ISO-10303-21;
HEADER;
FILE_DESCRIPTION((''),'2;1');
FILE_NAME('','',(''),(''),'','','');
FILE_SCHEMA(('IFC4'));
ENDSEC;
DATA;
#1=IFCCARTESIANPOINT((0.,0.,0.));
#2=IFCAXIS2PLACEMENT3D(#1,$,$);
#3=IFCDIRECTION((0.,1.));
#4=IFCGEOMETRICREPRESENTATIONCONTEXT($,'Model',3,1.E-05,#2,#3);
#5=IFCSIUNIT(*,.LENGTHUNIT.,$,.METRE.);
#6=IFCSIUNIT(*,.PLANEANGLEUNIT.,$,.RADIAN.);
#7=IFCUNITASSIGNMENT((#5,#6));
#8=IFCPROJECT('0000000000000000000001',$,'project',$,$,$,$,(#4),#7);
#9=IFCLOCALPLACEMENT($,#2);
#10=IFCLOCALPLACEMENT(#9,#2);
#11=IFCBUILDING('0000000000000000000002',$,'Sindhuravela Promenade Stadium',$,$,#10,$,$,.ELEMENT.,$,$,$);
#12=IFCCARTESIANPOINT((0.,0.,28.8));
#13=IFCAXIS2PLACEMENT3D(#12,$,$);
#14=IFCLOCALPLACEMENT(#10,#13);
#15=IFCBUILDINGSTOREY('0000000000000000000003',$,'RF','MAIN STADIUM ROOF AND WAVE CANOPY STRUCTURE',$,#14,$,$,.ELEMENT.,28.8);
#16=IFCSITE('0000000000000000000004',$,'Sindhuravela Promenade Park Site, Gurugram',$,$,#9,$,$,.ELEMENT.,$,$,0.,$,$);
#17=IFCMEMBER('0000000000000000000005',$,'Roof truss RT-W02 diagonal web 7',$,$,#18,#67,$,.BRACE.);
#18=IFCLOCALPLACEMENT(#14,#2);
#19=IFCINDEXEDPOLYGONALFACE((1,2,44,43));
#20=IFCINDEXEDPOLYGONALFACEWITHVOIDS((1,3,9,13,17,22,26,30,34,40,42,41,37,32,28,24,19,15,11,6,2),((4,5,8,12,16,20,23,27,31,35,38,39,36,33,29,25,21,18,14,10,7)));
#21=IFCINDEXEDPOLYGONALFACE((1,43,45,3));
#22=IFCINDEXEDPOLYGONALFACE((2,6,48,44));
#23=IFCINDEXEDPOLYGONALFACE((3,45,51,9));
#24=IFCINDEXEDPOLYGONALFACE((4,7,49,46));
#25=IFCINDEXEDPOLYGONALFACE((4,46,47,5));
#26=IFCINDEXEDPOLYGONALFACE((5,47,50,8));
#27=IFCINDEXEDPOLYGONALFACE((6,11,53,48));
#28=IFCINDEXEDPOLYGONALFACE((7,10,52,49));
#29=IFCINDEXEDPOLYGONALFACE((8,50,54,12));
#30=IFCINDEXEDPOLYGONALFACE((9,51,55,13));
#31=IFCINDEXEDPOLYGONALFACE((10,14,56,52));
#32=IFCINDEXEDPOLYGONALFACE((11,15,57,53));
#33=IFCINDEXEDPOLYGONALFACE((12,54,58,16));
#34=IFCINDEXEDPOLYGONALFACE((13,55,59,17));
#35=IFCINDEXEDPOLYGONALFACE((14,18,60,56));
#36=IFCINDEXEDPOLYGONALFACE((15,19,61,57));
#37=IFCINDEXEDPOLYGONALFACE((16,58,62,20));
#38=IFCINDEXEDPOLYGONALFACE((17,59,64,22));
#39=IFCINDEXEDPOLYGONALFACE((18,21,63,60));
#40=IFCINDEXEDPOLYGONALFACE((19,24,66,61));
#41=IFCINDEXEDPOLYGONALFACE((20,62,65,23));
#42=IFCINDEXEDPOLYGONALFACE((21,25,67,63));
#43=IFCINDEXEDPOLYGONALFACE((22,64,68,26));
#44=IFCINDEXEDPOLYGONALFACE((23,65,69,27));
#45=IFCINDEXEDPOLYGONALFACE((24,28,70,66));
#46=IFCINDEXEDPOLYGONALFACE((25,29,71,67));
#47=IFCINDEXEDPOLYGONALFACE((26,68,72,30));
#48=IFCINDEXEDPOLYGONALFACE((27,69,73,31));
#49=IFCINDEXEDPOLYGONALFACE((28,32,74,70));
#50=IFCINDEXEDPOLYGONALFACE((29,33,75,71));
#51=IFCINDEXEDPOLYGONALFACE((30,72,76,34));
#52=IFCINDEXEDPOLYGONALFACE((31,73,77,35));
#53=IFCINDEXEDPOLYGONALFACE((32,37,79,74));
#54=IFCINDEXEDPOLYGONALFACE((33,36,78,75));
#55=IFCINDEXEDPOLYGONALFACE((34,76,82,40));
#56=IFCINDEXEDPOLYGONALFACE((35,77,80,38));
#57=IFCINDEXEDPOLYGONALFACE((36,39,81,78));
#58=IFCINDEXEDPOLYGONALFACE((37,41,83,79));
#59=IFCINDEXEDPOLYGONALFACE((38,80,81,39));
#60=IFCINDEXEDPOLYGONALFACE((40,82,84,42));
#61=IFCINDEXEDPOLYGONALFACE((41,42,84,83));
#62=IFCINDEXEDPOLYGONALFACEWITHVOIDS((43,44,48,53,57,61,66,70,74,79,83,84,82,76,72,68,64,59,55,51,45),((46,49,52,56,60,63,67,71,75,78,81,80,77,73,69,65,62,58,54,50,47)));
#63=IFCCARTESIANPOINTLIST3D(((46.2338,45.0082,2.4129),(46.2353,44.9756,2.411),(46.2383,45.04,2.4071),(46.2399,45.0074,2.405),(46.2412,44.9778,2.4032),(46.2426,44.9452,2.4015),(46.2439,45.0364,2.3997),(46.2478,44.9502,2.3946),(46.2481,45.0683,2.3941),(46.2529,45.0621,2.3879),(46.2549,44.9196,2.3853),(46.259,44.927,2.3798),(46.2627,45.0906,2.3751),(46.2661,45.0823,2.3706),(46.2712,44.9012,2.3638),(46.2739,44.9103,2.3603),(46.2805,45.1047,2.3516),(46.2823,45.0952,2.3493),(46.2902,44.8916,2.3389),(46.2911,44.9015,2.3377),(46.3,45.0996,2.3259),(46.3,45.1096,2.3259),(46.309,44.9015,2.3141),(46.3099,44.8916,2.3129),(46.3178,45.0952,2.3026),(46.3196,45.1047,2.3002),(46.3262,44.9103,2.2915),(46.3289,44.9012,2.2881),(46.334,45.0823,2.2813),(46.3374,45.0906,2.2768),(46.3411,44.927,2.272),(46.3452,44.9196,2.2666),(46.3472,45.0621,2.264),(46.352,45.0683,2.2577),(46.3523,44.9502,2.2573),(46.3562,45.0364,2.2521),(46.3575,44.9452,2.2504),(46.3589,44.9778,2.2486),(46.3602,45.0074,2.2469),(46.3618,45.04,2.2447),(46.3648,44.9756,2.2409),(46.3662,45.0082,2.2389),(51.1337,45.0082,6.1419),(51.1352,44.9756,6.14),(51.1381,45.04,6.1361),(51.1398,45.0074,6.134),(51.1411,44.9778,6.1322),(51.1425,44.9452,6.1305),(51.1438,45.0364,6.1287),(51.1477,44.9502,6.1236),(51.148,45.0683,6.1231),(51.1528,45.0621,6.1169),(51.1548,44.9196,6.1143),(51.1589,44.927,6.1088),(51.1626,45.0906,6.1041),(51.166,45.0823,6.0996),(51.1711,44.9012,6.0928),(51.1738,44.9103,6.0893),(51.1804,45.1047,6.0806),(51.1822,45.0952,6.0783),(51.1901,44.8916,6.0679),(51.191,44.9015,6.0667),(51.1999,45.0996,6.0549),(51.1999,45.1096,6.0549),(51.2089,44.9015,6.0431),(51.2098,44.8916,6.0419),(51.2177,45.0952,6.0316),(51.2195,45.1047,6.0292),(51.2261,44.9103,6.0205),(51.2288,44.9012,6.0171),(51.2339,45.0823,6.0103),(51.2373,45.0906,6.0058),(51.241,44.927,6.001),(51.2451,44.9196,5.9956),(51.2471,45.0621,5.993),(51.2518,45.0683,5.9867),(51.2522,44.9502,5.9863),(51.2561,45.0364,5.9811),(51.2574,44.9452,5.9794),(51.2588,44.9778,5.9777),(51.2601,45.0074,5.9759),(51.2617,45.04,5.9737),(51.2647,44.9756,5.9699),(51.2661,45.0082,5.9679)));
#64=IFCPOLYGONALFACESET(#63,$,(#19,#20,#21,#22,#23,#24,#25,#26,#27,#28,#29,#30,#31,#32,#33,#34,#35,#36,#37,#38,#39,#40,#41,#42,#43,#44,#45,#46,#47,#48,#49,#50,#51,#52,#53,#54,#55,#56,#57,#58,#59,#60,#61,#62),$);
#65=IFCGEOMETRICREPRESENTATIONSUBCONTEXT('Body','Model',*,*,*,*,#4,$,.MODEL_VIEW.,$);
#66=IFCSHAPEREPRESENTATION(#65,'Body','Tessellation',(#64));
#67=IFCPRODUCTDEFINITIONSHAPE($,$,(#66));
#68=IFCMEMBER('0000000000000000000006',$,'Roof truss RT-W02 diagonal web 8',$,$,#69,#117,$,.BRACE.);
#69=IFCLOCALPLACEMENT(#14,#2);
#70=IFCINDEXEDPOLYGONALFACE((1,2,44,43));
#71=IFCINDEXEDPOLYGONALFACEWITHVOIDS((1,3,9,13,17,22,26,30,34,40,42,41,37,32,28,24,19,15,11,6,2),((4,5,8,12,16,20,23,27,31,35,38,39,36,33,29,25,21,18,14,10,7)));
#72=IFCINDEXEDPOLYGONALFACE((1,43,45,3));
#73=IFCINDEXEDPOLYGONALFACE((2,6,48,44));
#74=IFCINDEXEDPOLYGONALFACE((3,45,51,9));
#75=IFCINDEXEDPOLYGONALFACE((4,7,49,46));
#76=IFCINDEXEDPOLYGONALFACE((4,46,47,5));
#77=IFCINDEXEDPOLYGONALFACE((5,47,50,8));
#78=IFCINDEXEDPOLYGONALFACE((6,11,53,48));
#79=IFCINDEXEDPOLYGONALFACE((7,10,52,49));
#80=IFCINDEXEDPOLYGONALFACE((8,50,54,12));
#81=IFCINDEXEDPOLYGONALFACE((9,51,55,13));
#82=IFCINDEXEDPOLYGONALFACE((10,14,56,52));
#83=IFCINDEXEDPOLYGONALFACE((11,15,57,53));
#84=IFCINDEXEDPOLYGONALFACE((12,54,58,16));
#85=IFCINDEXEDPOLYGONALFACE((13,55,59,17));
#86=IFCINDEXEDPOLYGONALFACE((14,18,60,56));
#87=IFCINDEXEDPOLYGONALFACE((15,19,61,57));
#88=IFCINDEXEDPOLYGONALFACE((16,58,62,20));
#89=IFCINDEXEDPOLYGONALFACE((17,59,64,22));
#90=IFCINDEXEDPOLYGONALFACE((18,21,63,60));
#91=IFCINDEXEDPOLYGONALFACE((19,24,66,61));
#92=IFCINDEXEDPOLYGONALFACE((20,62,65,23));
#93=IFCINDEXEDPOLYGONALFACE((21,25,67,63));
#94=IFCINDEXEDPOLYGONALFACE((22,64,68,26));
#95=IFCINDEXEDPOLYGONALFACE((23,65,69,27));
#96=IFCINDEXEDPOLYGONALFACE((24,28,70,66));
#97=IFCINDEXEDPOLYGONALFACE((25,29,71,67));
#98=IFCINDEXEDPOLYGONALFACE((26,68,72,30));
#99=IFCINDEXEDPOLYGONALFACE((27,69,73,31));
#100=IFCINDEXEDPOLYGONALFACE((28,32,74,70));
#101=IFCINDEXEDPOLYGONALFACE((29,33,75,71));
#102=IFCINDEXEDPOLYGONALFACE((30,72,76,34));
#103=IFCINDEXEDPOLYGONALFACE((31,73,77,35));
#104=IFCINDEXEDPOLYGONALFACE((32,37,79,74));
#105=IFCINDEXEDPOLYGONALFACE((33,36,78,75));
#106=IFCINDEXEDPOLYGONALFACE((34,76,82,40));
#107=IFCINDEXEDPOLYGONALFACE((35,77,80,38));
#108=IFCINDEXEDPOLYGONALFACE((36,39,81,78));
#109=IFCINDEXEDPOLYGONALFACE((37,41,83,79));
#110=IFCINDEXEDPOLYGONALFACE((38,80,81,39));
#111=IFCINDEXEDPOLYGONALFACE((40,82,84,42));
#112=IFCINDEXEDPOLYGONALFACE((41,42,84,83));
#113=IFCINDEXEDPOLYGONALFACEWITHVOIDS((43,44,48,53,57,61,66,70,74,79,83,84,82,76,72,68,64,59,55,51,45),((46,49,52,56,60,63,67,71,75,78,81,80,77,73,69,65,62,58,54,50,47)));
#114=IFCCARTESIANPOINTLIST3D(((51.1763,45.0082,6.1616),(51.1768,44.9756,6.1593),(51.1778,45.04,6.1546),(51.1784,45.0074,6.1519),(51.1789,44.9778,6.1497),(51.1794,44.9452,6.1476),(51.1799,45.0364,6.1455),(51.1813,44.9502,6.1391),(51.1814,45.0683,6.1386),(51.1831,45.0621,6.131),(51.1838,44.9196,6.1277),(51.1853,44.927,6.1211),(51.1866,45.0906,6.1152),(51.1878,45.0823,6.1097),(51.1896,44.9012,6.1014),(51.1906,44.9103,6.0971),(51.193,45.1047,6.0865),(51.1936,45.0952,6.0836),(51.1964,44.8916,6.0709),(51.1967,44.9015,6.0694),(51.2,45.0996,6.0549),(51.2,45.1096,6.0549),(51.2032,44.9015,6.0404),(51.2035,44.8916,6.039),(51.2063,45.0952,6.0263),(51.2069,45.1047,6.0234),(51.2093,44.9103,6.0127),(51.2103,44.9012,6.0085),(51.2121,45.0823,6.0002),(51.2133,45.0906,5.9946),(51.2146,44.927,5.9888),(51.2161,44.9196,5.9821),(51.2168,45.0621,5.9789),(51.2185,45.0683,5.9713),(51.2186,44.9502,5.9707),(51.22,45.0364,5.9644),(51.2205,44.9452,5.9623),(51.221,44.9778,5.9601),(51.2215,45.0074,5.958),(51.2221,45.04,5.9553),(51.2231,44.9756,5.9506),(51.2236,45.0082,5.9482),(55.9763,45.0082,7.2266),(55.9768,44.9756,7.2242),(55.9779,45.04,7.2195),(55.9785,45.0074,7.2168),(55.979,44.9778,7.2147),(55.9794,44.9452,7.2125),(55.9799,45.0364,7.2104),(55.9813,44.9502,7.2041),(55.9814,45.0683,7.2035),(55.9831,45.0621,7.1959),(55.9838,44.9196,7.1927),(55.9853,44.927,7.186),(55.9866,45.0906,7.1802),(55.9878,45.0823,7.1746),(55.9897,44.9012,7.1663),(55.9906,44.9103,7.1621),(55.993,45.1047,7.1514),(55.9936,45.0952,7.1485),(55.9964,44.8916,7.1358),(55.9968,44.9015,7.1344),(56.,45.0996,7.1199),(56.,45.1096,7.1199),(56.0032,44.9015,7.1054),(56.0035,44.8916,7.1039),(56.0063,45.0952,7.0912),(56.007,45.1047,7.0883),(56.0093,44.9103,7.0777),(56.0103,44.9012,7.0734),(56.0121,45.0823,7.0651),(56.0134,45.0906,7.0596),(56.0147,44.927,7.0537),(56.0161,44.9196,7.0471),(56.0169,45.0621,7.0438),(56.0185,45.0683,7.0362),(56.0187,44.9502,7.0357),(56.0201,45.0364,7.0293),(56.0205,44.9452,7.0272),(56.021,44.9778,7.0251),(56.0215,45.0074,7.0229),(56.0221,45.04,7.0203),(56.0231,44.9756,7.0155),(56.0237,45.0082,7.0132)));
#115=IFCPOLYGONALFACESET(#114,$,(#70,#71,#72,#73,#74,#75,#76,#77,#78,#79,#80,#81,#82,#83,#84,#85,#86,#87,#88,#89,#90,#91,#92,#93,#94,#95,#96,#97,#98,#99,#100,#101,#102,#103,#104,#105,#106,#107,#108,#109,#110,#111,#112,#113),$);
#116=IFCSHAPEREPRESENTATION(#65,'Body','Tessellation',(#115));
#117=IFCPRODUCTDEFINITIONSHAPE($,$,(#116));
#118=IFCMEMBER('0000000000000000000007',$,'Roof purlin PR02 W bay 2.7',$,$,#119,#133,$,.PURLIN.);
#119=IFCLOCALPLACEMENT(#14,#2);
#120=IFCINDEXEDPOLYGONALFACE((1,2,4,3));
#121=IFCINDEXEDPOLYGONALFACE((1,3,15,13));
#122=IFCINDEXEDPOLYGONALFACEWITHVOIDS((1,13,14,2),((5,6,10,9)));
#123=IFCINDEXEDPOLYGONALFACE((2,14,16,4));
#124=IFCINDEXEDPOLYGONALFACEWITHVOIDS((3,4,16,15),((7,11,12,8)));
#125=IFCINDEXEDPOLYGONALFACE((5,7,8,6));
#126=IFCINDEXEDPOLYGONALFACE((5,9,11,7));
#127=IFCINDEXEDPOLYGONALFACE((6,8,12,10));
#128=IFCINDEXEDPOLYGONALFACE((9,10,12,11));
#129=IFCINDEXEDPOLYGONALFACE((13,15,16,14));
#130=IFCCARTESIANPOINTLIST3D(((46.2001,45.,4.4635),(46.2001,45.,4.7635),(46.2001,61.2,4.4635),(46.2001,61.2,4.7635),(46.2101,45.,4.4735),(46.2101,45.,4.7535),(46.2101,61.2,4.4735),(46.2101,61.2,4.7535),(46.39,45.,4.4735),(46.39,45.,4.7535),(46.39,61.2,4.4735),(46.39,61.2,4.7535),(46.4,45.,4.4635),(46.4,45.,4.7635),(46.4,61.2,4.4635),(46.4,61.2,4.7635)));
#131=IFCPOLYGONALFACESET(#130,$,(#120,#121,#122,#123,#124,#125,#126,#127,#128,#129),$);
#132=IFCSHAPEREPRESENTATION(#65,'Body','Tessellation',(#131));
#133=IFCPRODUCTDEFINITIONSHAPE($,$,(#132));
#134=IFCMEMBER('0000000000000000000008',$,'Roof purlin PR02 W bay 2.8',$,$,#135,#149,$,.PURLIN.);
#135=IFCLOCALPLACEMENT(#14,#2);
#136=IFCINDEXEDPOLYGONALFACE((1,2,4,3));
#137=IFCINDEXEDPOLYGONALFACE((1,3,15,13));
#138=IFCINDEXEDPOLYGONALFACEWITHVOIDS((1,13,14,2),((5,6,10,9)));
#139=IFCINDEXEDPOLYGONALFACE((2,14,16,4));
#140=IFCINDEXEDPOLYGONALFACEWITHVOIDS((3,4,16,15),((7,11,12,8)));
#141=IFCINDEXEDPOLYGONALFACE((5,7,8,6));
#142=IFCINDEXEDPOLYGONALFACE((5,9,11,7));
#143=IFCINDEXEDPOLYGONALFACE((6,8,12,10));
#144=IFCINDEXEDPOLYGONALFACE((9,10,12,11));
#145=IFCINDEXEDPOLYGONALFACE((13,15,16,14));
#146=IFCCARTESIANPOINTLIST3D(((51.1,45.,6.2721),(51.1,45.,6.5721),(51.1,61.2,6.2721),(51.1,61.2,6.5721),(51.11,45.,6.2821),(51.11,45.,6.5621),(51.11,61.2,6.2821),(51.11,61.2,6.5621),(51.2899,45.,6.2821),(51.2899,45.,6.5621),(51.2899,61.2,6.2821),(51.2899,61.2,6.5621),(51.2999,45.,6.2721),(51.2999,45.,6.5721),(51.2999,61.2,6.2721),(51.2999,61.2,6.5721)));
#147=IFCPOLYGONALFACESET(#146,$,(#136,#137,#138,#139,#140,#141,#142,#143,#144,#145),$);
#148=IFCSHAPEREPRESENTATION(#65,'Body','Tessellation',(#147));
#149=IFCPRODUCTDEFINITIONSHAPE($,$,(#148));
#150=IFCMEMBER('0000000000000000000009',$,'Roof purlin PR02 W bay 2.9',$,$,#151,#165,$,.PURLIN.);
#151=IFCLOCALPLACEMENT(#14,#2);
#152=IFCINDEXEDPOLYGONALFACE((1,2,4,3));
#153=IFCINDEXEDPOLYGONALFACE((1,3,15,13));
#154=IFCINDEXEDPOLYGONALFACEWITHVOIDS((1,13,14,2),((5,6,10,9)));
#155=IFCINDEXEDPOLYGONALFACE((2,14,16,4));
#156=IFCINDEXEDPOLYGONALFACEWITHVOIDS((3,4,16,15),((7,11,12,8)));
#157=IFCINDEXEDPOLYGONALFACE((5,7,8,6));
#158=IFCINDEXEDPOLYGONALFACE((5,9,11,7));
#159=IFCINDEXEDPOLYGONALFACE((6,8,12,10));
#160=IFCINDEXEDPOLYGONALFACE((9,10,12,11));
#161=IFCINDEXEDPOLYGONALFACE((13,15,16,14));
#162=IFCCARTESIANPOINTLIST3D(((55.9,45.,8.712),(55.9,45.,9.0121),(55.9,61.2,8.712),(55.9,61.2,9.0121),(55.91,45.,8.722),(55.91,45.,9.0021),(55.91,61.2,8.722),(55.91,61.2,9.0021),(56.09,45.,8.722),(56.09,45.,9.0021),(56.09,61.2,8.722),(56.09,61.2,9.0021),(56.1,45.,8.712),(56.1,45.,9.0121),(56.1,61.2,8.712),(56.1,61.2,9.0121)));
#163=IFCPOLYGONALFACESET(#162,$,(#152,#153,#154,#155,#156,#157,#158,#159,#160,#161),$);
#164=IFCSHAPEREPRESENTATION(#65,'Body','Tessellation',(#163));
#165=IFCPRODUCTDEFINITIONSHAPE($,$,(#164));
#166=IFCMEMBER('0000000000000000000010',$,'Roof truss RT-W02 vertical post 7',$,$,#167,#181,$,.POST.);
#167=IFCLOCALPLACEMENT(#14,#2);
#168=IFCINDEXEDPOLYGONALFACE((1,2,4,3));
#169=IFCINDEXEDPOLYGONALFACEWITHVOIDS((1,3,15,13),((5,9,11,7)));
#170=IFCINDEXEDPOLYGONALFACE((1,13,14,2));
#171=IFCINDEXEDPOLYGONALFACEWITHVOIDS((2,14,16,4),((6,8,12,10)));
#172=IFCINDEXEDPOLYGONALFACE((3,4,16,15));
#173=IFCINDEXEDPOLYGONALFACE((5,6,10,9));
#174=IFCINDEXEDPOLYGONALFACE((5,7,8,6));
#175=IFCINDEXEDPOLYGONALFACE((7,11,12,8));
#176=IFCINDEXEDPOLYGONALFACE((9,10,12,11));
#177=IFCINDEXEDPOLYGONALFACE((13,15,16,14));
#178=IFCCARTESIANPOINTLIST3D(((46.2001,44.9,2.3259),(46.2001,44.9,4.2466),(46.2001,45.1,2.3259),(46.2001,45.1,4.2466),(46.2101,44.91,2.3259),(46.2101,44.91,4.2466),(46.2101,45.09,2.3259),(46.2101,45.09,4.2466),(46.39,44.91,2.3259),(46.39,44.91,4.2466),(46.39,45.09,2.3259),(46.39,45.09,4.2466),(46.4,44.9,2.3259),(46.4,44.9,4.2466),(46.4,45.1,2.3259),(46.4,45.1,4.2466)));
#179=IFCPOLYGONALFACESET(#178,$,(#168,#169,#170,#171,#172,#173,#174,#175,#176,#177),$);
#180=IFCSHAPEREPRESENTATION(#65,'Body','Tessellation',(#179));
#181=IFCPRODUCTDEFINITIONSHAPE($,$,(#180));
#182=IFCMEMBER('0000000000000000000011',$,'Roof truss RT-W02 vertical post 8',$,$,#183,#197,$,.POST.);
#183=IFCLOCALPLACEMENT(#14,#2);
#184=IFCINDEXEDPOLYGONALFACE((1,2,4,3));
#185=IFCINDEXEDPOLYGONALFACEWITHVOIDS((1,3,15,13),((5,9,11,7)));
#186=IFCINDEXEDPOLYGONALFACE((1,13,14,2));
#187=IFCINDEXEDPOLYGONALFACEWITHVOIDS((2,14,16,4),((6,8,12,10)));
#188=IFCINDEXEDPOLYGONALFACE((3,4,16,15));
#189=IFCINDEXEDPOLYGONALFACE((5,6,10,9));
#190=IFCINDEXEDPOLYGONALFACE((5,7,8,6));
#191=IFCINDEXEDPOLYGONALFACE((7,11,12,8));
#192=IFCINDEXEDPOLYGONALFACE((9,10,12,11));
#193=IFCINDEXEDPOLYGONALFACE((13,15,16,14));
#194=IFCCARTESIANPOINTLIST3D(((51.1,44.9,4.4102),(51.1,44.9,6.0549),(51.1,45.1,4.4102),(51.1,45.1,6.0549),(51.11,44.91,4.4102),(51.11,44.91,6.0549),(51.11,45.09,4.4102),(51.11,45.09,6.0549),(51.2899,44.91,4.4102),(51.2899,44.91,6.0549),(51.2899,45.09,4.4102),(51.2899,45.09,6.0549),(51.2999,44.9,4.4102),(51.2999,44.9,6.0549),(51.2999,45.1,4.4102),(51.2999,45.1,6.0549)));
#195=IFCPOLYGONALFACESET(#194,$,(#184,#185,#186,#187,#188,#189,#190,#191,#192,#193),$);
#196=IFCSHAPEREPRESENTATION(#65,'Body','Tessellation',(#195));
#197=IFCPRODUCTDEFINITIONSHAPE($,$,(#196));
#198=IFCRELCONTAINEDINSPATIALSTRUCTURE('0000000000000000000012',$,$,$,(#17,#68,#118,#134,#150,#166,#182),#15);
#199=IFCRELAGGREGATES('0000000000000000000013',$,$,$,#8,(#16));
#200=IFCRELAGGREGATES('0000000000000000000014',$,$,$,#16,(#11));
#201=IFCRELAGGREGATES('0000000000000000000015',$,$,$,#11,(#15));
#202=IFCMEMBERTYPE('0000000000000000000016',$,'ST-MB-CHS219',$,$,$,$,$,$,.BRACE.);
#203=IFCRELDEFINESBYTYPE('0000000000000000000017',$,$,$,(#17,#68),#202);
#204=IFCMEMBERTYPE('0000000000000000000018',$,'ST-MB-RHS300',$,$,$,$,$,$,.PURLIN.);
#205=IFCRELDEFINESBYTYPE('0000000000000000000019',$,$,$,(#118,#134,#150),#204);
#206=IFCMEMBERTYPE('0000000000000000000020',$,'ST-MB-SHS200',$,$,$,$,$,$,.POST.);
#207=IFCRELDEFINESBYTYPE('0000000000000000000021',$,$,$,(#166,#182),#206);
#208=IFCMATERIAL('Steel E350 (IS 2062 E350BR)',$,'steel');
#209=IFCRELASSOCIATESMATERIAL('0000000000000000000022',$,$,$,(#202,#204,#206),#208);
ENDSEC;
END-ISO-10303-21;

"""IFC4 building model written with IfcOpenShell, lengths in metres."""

from ifc_helpers import new_model, si_unit, direction, frame, origin, origin_2d, place, context, subcontext, project, spatial, hollow_rectangle, hollow_circle, extrude, material, material_profile, profile_set, type_object, element, save


model = new_model("IFC4")

# Units and contexts
model_context = context("Model", 3, precision=1e-05, world=origin(), true_north=direction((0.0, 1.0)))
body_context = subcontext(model_context, "Body", "Model", "MODEL_VIEW")
ifc_project = project(units=[si_unit("LENGTHUNIT", "METRE"), si_unit("PLANEANGLEUNIT", "RADIAN")], contexts=[model_context])

# Site, building, storey
site_placement = place(None, origin())
site = spatial("IfcSite", under=ifc_project, at=site_placement, Name="Sindhuravela Promenade Park Site, Gurugram", CompositionType="ELEMENT", RefElevation=0.0)
building_placement = place(site_placement, origin())
building = spatial("IfcBuilding", under=site, at=building_placement, Name="Sindhuravela Promenade Stadium", CompositionType="ELEMENT")
storey_placement = place(building_placement, frame((0.0, 0.0, 28.8)))
storey = spatial("IfcBuildingStorey", under=building, at=storey_placement, Name="RF", Description="MAIN STADIUM ROOF AND WAVE CANOPY STRUCTURE", CompositionType="ELEMENT", Elevation=28.8)

# Shared definitions
ifc_material_1 = material(Name="Steel E350 (IS 2062 E350BR)", Category="steel")

# Members
ifc_material_profile_1 = material_profile(ifc_material_1, hollow_circle(Radius=0.1096, WallThickness=0.01, at=origin_2d()), Name="CHS 219.1x10")
ifc_profile_set_1 = profile_set([ifc_material_profile_1], Name="Steel E350 (IS 2062 E350BR)")
member_type_1 = type_object("IfcMemberType", Name="ST-MB-CHS219", PredefinedType="BRACE", material=ifc_profile_set_1)
member_1_placement = place(storey_placement, frame((46.3, 45.0, 2.3259), z_axis=(0.795765, 0.0, 0.605606), x_axis=(0.0, 1.0, 0.0)))
element("IfcMember", 1, at=member_1_placement, inside=storey, type_object=member_type_1, Name="Roof truss RT-W02 diagonal web 7", PredefinedType="BRACE", context=body_context, shape_type="SweptSolid", body=[
    extrude(hollow_circle(Radius=0.1096, WallThickness=0.01, at=origin_2d()), origin(), (0.0, 0.0, 1.0), 6.1575),
])
member_2_placement = place(storey_placement, frame((51.2, 45.0, 6.0549), z_axis=(0.976262, 0.0, 0.216594), x_axis=(0.0, 1.0, 0.0)))
element("IfcMember", 2, at=member_2_placement, inside=storey, type_object=member_type_1, Name="Roof truss RT-W02 diagonal web 8", PredefinedType="BRACE", context=body_context, shape_type="SweptSolid", body=[
    extrude(hollow_circle(Radius=0.1096, WallThickness=0.01, at=origin_2d()), origin(), (0.0, 0.0, 1.0), 4.9167),
])
ifc_material_profile_2 = material_profile(ifc_material_1, hollow_rectangle(XDim=0.2, YDim=0.3, WallThickness=0.01, at=origin_2d()), Name="RHS 300x200x10")
ifc_profile_set_2 = profile_set([ifc_material_profile_2], Name="Steel E350 (IS 2062 E350BR)")
member_type_2 = type_object("IfcMemberType", Name="ST-MB-RHS300", PredefinedType="PURLIN", material=ifc_profile_set_2)
for number, where, z_axis, x_axis, name in (
    (3, (46.3, 45.0, 4.6135), (0.0, 1.0, 0.0), (-1.0, 0.0, 0.0), "Roof purlin PR02 W bay 2.7"),
    (4, (51.2, 45.0, 6.4221), (0.0, 1.0, 0.0), (-1.0, 0.0, 0.0), "Roof purlin PR02 W bay 2.8"),
    (5, (56.0, 45.0, 8.8621), (0.0, 1.0, 0.0), (-1.0, 0.0, 0.0), "Roof purlin PR02 W bay 2.9"),
):
    element("IfcMember", number, at=place(storey_placement, frame(where, z_axis=z_axis, x_axis=x_axis)), inside=storey, type_object=member_type_2, Name=name, PredefinedType="PURLIN", context=body_context, shape_type="SweptSolid", body=[
        extrude(hollow_rectangle(XDim=0.2, YDim=0.3, WallThickness=0.01, at=origin_2d()), origin(), (0.0, 0.0, 1.0), 16.2),
    ])
ifc_material_profile_3 = material_profile(ifc_material_1, hollow_rectangle(XDim=0.2, YDim=0.2, WallThickness=0.01, at=origin_2d()), Name="SHS 200x200x10")
ifc_profile_set_3 = profile_set([ifc_material_profile_3], Name="Steel E350 (IS 2062 E350BR)")
member_type_3 = type_object("IfcMemberType", Name="ST-MB-SHS200", PredefinedType="POST", material=ifc_profile_set_3)
member_3_placement = place(storey_placement, frame((46.3, 45.0, 2.3259), z_axis=(0.0, 0.0, 1.0), x_axis=(1.0, 0.0, 0.0)))
element("IfcMember", 6, at=member_3_placement, inside=storey, type_object=member_type_3, Name="Roof truss RT-W02 vertical post 7", PredefinedType="POST", context=body_context, shape_type="SweptSolid", body=[
    extrude(hollow_rectangle(XDim=0.2, YDim=0.2, WallThickness=0.01, at=origin_2d()), origin(), (0.0, 0.0, 1.0), 1.9207),
])
member_4_placement = place(storey_placement, frame((51.2, 45.0, 4.4102), z_axis=(0.0, 0.0, 1.0), x_axis=(1.0, 0.0, 0.0)))
element("IfcMember", 7, at=member_4_placement, inside=storey, type_object=member_type_3, Name="Roof truss RT-W02 vertical post 8", PredefinedType="POST", context=body_context, shape_type="SweptSolid", body=[
    extrude(hollow_rectangle(XDim=0.2, YDim=0.2, WallThickness=0.01, at=origin_2d()), origin(), (0.0, 0.0, 1.0), 1.6448),
])

save(model, "model.ifc")
